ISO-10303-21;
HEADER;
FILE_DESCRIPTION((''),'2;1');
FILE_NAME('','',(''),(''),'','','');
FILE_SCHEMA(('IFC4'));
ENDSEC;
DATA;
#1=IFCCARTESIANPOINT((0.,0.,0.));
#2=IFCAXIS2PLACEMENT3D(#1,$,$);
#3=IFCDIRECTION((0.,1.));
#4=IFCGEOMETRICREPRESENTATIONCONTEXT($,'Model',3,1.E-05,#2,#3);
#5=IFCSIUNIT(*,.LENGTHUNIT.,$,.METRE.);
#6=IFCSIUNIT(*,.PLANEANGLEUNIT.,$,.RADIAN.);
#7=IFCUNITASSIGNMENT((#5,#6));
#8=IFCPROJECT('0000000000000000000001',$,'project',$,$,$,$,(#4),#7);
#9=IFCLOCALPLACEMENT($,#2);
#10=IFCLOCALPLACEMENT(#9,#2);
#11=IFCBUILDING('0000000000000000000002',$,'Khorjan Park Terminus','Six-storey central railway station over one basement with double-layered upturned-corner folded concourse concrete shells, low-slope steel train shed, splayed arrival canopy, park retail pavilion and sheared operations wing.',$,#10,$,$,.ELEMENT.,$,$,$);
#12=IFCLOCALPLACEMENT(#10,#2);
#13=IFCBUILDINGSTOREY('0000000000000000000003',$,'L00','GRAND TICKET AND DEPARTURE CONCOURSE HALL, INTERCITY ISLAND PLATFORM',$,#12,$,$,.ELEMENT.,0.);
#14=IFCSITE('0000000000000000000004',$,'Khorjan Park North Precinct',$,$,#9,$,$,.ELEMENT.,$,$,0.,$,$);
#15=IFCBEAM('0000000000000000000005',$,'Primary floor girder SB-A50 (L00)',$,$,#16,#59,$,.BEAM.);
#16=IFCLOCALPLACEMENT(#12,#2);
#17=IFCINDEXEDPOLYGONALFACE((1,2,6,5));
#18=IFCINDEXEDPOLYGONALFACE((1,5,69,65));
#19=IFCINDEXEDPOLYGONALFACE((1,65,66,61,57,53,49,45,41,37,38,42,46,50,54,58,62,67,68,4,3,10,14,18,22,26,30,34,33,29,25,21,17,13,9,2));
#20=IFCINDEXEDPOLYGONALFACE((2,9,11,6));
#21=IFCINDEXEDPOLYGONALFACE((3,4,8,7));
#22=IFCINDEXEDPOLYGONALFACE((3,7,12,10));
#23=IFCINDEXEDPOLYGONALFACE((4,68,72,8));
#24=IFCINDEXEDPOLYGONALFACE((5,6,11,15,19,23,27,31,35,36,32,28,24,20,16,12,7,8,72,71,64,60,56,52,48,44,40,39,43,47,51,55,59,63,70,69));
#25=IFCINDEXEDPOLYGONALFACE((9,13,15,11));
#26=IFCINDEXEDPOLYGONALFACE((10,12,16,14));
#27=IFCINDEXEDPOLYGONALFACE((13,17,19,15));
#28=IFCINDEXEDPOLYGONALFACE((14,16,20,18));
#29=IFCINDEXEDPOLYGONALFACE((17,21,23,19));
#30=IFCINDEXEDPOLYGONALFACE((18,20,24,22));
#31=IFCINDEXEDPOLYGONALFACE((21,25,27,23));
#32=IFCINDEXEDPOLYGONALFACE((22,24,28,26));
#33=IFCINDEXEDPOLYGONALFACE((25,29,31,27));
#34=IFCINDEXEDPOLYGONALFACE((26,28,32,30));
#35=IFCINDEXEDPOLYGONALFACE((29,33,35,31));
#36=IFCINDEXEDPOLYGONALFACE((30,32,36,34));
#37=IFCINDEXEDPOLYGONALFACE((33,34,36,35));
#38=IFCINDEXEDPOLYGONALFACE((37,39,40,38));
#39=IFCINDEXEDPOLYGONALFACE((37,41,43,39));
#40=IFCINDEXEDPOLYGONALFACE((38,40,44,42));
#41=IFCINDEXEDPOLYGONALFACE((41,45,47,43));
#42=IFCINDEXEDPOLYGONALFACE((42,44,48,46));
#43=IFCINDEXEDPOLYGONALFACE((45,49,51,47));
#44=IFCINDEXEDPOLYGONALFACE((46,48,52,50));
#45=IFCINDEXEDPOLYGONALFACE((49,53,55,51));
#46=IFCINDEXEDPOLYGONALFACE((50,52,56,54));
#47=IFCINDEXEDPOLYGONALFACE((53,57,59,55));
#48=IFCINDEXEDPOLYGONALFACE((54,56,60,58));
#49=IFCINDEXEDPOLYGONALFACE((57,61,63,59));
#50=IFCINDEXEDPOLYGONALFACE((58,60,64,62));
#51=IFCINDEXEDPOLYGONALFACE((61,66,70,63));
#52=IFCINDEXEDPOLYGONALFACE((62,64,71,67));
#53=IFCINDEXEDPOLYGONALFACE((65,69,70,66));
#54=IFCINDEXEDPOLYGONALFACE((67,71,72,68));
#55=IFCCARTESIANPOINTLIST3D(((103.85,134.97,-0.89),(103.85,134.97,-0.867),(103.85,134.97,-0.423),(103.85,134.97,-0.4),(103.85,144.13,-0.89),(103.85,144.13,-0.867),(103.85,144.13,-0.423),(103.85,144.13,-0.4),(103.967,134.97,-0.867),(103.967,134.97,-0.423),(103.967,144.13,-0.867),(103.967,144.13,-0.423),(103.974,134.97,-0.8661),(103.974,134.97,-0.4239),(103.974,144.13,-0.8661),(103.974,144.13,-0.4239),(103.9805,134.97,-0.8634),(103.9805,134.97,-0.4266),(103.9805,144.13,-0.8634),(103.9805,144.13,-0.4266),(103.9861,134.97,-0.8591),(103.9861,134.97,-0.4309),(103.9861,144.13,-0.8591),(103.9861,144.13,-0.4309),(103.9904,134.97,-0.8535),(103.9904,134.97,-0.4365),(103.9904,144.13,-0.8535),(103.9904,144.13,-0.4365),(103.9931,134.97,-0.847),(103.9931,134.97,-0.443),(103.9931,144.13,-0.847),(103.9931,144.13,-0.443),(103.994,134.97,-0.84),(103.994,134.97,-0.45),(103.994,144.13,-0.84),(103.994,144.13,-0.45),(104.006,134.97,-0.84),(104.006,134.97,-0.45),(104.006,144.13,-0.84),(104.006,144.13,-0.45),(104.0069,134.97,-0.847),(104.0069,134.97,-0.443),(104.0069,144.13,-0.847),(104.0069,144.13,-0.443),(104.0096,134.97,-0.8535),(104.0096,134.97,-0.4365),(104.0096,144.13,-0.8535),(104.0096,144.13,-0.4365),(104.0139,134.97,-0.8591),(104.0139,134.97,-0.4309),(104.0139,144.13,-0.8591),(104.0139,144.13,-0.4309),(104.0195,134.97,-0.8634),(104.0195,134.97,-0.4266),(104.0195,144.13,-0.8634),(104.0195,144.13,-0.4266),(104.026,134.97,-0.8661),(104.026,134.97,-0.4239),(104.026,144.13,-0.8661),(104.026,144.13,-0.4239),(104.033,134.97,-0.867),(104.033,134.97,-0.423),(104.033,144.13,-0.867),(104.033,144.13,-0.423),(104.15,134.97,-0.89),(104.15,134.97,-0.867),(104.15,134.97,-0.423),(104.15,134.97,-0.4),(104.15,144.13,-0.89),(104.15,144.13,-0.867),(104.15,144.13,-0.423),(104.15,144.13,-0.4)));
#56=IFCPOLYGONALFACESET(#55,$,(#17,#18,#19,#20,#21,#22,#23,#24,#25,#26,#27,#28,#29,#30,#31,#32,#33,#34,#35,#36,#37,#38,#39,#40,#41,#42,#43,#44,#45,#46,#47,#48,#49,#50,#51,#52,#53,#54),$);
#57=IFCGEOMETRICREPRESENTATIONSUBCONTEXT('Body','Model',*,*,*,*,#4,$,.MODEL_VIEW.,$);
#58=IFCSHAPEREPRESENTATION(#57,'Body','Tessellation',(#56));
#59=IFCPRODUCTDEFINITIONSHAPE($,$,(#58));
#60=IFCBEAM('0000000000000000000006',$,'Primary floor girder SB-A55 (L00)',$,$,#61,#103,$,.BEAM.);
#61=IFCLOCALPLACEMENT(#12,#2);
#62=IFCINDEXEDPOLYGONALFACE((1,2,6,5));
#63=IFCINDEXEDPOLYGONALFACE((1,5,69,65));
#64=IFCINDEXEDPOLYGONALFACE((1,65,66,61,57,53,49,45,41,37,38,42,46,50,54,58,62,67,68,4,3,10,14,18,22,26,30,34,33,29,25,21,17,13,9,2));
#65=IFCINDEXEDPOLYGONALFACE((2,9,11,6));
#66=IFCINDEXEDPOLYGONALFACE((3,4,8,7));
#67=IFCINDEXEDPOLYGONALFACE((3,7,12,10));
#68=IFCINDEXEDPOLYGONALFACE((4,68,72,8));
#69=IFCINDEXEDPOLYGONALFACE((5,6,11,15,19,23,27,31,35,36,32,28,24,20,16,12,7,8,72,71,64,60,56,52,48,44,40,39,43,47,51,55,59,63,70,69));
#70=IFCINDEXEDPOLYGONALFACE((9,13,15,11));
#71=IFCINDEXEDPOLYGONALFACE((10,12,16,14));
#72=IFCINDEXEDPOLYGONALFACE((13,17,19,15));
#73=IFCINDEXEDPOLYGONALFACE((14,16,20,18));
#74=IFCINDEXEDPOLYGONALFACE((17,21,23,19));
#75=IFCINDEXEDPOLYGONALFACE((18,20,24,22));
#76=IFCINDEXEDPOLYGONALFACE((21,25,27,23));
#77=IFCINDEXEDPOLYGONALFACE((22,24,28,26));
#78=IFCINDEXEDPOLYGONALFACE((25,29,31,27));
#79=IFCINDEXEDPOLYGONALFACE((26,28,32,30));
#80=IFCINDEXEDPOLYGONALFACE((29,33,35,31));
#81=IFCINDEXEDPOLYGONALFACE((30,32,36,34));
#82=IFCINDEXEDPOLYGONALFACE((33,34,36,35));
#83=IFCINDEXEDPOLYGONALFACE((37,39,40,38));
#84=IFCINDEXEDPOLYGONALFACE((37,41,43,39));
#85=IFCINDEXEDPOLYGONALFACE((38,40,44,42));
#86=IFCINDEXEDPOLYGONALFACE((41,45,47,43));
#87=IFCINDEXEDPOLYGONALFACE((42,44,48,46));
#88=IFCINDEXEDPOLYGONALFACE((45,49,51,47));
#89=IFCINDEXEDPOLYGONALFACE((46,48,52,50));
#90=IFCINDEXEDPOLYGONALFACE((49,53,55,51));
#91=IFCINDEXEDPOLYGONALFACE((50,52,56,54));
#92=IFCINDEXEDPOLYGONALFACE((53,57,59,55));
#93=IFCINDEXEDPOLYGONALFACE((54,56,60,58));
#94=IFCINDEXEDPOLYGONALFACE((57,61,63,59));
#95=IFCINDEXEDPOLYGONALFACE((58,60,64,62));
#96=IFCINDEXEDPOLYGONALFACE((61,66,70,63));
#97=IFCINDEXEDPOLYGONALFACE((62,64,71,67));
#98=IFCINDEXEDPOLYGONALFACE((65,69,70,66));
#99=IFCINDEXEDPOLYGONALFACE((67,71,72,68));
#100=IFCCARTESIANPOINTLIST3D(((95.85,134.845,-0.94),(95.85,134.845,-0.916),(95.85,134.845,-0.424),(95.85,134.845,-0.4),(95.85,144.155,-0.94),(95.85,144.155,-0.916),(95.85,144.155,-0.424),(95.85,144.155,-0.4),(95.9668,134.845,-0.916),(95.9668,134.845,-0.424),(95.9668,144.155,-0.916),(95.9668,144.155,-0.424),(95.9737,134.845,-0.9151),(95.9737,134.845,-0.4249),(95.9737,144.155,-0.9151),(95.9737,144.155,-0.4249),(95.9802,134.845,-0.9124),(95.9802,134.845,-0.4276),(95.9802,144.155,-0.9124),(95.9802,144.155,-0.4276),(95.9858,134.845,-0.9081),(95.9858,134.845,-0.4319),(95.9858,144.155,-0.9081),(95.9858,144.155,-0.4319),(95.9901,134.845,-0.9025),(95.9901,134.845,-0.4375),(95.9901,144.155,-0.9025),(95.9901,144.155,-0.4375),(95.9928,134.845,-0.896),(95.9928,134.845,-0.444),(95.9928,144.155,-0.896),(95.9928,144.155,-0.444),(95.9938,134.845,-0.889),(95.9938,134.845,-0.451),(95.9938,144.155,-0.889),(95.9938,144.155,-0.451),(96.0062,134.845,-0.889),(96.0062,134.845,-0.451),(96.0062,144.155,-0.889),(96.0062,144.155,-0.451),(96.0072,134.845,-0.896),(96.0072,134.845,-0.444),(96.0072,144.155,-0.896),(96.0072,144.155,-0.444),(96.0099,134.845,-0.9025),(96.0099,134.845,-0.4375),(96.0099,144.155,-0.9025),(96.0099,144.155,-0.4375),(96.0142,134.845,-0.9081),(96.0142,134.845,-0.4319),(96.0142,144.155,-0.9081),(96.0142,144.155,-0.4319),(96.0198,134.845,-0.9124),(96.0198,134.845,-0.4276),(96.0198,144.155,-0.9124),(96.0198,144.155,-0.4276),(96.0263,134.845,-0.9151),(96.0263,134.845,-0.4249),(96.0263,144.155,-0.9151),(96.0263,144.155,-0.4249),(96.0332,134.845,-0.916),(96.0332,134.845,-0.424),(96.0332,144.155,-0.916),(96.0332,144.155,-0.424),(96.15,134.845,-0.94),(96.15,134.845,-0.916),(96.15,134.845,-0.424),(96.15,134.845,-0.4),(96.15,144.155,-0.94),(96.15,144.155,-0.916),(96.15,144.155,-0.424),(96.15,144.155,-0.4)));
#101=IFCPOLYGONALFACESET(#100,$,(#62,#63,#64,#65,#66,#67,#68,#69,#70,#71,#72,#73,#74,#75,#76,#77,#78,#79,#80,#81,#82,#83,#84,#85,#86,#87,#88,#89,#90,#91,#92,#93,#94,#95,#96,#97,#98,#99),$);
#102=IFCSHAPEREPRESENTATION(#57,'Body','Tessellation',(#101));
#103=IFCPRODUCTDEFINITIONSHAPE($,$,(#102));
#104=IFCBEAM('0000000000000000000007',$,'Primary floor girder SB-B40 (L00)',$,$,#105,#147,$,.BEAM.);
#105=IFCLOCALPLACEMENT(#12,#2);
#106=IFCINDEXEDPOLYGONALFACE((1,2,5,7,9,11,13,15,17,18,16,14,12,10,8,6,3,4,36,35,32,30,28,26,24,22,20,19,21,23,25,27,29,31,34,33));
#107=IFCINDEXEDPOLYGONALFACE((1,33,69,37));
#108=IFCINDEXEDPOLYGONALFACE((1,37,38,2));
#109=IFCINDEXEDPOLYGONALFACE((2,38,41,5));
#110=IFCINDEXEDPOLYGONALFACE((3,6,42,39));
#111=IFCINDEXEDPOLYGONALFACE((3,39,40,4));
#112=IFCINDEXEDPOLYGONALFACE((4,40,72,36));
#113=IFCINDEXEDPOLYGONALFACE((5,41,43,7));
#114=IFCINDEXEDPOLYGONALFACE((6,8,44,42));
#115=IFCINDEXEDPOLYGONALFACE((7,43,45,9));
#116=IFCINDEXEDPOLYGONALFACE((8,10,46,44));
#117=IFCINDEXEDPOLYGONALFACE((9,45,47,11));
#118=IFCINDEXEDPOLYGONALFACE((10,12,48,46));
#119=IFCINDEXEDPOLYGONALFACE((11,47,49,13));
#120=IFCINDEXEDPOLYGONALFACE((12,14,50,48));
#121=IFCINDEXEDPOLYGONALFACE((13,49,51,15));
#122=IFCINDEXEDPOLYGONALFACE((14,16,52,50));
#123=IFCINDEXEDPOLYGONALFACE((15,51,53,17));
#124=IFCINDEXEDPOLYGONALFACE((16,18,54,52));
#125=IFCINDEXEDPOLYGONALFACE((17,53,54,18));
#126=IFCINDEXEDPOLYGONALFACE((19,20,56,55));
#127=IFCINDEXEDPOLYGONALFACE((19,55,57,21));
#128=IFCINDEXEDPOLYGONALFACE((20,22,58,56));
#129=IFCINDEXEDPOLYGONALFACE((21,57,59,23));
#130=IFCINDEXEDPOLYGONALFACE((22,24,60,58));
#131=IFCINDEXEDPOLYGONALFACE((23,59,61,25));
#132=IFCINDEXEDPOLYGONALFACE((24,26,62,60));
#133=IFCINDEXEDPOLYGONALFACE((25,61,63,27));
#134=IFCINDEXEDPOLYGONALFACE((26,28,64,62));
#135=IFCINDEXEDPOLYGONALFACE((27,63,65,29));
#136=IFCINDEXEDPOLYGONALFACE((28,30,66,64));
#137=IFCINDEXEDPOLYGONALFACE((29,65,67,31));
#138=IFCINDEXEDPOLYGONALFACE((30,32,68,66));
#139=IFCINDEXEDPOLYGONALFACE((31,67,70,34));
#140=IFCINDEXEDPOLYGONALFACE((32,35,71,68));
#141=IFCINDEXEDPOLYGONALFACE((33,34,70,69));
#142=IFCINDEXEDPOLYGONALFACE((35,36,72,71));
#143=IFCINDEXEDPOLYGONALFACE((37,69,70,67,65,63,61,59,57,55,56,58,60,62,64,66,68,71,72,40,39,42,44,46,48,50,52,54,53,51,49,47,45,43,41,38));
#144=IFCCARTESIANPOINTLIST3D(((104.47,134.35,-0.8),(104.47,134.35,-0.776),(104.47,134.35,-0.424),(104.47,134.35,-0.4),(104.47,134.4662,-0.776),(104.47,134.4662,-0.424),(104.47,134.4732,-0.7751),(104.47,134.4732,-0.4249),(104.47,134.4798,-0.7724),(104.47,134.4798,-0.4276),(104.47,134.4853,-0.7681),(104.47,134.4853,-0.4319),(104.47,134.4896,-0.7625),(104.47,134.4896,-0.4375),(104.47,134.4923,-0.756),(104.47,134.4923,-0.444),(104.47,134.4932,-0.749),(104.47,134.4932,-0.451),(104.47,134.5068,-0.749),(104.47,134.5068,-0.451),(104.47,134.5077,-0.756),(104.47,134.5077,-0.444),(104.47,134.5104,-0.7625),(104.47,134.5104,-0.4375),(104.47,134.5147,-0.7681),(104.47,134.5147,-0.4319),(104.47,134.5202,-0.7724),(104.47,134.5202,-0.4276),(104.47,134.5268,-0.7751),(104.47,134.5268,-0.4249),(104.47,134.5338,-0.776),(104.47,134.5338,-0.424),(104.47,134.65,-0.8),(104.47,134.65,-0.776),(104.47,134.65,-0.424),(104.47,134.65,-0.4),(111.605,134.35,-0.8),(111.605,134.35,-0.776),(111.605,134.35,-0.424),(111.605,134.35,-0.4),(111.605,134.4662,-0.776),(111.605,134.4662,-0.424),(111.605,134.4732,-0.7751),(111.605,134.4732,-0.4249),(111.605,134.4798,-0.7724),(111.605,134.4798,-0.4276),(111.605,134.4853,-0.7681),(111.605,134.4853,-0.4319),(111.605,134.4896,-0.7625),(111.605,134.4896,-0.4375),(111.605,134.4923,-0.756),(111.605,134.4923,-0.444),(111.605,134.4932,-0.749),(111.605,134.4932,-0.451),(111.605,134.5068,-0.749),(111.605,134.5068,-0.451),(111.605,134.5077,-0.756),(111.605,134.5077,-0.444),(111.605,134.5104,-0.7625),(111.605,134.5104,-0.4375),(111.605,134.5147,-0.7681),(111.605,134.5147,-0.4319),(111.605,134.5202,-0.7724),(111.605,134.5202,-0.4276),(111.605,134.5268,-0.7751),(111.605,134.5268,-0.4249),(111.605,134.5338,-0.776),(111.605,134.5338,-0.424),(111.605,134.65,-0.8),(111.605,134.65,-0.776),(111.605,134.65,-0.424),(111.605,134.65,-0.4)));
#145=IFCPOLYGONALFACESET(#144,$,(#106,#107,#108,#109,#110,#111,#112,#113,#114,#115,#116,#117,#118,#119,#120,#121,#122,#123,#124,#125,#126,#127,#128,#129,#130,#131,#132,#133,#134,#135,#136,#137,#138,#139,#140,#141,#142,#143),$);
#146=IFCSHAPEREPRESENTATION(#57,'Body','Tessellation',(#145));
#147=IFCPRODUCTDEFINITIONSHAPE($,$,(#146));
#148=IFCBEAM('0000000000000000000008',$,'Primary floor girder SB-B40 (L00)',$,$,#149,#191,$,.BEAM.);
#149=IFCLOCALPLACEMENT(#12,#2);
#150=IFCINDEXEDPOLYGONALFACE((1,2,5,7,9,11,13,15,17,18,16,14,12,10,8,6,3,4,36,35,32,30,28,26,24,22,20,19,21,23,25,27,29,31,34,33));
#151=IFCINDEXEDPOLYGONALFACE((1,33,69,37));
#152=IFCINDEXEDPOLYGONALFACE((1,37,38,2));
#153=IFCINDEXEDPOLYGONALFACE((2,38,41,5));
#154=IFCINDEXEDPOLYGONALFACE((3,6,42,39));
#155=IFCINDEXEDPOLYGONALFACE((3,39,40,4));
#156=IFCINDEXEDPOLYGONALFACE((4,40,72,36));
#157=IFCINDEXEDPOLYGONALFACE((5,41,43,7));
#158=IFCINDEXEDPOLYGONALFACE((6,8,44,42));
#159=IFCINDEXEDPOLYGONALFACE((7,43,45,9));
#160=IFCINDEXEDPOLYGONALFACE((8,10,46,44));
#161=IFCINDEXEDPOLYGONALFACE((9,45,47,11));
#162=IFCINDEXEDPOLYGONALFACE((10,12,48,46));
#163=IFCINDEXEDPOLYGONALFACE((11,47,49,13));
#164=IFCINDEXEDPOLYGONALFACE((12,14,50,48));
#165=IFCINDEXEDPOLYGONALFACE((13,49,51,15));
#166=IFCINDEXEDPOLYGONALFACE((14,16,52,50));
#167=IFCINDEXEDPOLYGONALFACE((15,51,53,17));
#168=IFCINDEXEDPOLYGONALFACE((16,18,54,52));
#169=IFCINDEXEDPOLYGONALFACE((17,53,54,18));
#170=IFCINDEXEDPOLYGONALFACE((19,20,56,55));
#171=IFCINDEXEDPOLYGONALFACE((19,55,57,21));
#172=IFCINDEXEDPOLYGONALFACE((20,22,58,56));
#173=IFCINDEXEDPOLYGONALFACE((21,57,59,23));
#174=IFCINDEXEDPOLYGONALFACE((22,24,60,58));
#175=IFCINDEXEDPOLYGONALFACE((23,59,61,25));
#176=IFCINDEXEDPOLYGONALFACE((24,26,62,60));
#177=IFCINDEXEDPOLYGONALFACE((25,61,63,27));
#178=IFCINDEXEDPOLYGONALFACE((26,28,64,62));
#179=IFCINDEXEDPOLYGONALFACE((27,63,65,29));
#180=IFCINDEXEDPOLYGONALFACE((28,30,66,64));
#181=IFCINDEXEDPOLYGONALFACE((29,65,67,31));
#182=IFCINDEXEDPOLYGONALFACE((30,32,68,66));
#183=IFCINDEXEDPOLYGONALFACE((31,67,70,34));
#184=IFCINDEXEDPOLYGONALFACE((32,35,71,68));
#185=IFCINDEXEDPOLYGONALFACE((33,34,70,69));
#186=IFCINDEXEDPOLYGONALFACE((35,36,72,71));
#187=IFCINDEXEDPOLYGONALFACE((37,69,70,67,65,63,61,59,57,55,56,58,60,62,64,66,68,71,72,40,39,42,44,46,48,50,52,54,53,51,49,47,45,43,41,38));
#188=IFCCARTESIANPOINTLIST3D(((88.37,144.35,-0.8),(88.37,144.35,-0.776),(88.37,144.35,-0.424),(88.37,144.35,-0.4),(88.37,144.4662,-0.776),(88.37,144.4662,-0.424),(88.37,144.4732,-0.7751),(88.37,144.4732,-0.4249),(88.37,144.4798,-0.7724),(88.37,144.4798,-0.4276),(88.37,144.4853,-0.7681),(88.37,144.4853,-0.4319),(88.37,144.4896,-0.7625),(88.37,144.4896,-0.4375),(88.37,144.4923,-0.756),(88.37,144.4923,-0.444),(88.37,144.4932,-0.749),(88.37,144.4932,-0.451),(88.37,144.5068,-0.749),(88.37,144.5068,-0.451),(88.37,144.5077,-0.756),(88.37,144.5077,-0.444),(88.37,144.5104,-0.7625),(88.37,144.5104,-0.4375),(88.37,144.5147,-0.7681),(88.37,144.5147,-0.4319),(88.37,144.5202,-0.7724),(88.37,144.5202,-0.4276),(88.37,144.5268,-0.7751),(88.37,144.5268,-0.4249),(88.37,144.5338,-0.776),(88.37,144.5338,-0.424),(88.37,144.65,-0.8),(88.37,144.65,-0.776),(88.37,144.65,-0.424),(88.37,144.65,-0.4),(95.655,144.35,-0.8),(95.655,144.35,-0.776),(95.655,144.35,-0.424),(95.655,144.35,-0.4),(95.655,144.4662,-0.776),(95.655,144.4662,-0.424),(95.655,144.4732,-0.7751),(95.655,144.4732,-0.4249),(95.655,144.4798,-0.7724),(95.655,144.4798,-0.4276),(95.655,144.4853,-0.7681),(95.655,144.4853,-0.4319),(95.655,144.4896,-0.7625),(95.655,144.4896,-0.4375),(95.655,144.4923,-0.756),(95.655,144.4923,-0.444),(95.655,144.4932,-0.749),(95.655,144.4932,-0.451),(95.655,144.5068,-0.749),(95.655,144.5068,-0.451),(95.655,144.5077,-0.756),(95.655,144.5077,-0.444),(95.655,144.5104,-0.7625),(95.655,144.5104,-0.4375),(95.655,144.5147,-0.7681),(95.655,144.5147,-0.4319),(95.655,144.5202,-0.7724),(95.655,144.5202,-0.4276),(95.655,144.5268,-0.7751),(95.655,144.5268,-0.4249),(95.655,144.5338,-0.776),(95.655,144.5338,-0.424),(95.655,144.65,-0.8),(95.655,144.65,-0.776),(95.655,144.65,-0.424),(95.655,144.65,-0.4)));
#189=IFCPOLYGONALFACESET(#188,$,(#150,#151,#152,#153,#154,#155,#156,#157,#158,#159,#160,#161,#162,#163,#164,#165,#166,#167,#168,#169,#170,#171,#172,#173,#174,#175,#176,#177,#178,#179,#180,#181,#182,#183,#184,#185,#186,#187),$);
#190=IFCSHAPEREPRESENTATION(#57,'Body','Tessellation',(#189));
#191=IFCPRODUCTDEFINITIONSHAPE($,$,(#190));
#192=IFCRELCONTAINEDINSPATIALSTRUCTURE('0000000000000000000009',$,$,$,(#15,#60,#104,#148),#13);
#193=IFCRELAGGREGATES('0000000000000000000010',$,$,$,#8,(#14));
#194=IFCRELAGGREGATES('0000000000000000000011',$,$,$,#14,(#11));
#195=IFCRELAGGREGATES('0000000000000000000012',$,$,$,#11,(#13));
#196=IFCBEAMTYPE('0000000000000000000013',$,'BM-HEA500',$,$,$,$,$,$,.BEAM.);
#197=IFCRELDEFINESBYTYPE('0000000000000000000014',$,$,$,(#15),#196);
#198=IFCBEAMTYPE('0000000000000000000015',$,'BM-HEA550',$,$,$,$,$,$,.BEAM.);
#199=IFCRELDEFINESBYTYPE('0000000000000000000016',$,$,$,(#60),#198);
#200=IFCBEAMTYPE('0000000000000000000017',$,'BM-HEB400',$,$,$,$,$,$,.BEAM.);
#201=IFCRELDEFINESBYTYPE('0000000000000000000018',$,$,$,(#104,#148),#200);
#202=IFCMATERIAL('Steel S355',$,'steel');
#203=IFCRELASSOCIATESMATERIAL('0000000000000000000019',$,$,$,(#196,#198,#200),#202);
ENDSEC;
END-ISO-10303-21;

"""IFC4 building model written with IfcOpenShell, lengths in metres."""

from ifc_helpers import new_model, si_unit, direction, frame, origin, origin_2d, place, context, subcontext, project, spatial, i_section, extrude, material, material_profile, profile_set, type_object, element, save


model = new_model("IFC4")

# Units and contexts
model_context = context("Model", 3, precision=1e-05, world=origin(), true_north=direction((0.0, 1.0)))
body_context = subcontext(model_context, "Body", "Model", "MODEL_VIEW")
ifc_project = project(units=[si_unit("LENGTHUNIT", "METRE"), si_unit("PLANEANGLEUNIT", "RADIAN")], contexts=[model_context])

# Site, building, storey
site_placement = place(None, origin())
site = spatial("IfcSite", under=ifc_project, at=site_placement, Name="Khorjan Park North Precinct", CompositionType="ELEMENT", RefElevation=0.0)
building_placement = place(site_placement, origin())
building = spatial("IfcBuilding", under=site, at=building_placement, Name="Khorjan Park Terminus", Description="Six-storey central railway station over one basement with double-layered upturned-corner folded concourse concrete shells, low-slope steel train shed, splayed arrival canopy, park retail pavilion and sheared operations wing.", CompositionType="ELEMENT")
storey_placement = place(building_placement, origin())
storey = spatial("IfcBuildingStorey", under=building, at=storey_placement, Name="L00", Description="GRAND TICKET AND DEPARTURE CONCOURSE HALL, INTERCITY ISLAND PLATFORM", CompositionType="ELEMENT", Elevation=0.0)

# Shared definitions
ifc_material_1 = material(Name="Steel S355", Category="steel")

# Beams
ifc_material_profile_1 = material_profile(ifc_material_1, i_section(OverallWidth=0.3, OverallDepth=0.49, WebThickness=0.012, FlangeThickness=0.023, FilletRadius=0.027, at=origin_2d()), Name="HEA 500")
ifc_profile_set_1 = profile_set([ifc_material_profile_1], Name="Steel S355")
beam_type_1 = type_object("IfcBeamType", Name="BM-HEA500", PredefinedType="BEAM", material=ifc_profile_set_1)
beam_1_placement = place(storey_placement, frame((104.0, 134.97, -0.645), z_axis=(0.0, 1.0, 0.0), x_axis=(-1.0, 0.0, 0.0)))
element("IfcBeam", 1, at=beam_1_placement, inside=storey, type_object=beam_type_1, Name="Primary floor girder SB-A50 (L00)", PredefinedType="BEAM", context=body_context, shape_type="SweptSolid", body=[
    extrude(i_section(OverallWidth=0.3, OverallDepth=0.49, WebThickness=0.012, FlangeThickness=0.023, FilletRadius=0.027, at=origin_2d()), origin(), (0.0, 0.0, 1.0), 9.16),
])
ifc_material_profile_2 = material_profile(ifc_material_1, i_section(OverallWidth=0.3, OverallDepth=0.54, WebThickness=0.0125, FlangeThickness=0.024, FilletRadius=0.027, at=origin_2d()), Name="HEA 550")
ifc_profile_set_2 = profile_set([ifc_material_profile_2], Name="Steel S355")
beam_type_2 = type_object("IfcBeamType", Name="BM-HEA550", PredefinedType="BEAM", material=ifc_profile_set_2)
beam_2_placement = place(storey_placement, frame((96.0, 134.845, -0.67), z_axis=(0.0, 1.0, 0.0), x_axis=(-1.0, 0.0, 0.0)))
element("IfcBeam", 2, at=beam_2_placement, inside=storey, type_object=beam_type_2, Name="Primary floor girder SB-A55 (L00)", PredefinedType="BEAM", context=body_context, shape_type="SweptSolid", body=[
    extrude(i_section(OverallWidth=0.3, OverallDepth=0.54, WebThickness=0.0125, FlangeThickness=0.024, FilletRadius=0.027, at=origin_2d()), origin(), (0.0, 0.0, 1.0), 9.31),
])
ifc_material_profile_3 = material_profile(ifc_material_1, i_section(OverallWidth=0.3, OverallDepth=0.4, WebThickness=0.0135, FlangeThickness=0.024, FilletRadius=0.027, at=origin_2d()), Name="HEB 400")
ifc_profile_set_3 = profile_set([ifc_material_profile_3], Name="Steel S355")
beam_type_3 = type_object("IfcBeamType", Name="BM-HEB400", PredefinedType="BEAM", material=ifc_profile_set_3)
beam_3_placement = place(storey_placement, frame((104.47, 134.5, -0.6), z_axis=(1.0, 0.0, 0.0), x_axis=(0.0, 1.0, 0.0)))
element("IfcBeam", 3, at=beam_3_placement, inside=storey, type_object=beam_type_3, Name="Primary floor girder SB-B40 (L00)", PredefinedType="BEAM", context=body_context, shape_type="SweptSolid", body=[
    extrude(i_section(OverallWidth=0.3, OverallDepth=0.4, WebThickness=0.0135, FlangeThickness=0.024, FilletRadius=0.027, at=origin_2d()), origin(), (0.0, 0.0, 1.0), 7.135),
])
beam_4_placement = place(storey_placement, frame((88.37, 144.5, -0.6), z_axis=(1.0, 0.0, 0.0), x_axis=(0.0, 1.0, 0.0)))
element("IfcBeam", 4, at=beam_4_placement, inside=storey, type_object=beam_type_3, Name="Primary floor girder SB-B40 (L00)", PredefinedType="BEAM", context=body_context, shape_type="SweptSolid", body=[
    extrude(i_section(OverallWidth=0.3, OverallDepth=0.4, WebThickness=0.0135, FlangeThickness=0.024, FilletRadius=0.027, at=origin_2d()), origin(), (0.0, 0.0, 1.0), 7.285),
])

save(model, "model.ifc")
